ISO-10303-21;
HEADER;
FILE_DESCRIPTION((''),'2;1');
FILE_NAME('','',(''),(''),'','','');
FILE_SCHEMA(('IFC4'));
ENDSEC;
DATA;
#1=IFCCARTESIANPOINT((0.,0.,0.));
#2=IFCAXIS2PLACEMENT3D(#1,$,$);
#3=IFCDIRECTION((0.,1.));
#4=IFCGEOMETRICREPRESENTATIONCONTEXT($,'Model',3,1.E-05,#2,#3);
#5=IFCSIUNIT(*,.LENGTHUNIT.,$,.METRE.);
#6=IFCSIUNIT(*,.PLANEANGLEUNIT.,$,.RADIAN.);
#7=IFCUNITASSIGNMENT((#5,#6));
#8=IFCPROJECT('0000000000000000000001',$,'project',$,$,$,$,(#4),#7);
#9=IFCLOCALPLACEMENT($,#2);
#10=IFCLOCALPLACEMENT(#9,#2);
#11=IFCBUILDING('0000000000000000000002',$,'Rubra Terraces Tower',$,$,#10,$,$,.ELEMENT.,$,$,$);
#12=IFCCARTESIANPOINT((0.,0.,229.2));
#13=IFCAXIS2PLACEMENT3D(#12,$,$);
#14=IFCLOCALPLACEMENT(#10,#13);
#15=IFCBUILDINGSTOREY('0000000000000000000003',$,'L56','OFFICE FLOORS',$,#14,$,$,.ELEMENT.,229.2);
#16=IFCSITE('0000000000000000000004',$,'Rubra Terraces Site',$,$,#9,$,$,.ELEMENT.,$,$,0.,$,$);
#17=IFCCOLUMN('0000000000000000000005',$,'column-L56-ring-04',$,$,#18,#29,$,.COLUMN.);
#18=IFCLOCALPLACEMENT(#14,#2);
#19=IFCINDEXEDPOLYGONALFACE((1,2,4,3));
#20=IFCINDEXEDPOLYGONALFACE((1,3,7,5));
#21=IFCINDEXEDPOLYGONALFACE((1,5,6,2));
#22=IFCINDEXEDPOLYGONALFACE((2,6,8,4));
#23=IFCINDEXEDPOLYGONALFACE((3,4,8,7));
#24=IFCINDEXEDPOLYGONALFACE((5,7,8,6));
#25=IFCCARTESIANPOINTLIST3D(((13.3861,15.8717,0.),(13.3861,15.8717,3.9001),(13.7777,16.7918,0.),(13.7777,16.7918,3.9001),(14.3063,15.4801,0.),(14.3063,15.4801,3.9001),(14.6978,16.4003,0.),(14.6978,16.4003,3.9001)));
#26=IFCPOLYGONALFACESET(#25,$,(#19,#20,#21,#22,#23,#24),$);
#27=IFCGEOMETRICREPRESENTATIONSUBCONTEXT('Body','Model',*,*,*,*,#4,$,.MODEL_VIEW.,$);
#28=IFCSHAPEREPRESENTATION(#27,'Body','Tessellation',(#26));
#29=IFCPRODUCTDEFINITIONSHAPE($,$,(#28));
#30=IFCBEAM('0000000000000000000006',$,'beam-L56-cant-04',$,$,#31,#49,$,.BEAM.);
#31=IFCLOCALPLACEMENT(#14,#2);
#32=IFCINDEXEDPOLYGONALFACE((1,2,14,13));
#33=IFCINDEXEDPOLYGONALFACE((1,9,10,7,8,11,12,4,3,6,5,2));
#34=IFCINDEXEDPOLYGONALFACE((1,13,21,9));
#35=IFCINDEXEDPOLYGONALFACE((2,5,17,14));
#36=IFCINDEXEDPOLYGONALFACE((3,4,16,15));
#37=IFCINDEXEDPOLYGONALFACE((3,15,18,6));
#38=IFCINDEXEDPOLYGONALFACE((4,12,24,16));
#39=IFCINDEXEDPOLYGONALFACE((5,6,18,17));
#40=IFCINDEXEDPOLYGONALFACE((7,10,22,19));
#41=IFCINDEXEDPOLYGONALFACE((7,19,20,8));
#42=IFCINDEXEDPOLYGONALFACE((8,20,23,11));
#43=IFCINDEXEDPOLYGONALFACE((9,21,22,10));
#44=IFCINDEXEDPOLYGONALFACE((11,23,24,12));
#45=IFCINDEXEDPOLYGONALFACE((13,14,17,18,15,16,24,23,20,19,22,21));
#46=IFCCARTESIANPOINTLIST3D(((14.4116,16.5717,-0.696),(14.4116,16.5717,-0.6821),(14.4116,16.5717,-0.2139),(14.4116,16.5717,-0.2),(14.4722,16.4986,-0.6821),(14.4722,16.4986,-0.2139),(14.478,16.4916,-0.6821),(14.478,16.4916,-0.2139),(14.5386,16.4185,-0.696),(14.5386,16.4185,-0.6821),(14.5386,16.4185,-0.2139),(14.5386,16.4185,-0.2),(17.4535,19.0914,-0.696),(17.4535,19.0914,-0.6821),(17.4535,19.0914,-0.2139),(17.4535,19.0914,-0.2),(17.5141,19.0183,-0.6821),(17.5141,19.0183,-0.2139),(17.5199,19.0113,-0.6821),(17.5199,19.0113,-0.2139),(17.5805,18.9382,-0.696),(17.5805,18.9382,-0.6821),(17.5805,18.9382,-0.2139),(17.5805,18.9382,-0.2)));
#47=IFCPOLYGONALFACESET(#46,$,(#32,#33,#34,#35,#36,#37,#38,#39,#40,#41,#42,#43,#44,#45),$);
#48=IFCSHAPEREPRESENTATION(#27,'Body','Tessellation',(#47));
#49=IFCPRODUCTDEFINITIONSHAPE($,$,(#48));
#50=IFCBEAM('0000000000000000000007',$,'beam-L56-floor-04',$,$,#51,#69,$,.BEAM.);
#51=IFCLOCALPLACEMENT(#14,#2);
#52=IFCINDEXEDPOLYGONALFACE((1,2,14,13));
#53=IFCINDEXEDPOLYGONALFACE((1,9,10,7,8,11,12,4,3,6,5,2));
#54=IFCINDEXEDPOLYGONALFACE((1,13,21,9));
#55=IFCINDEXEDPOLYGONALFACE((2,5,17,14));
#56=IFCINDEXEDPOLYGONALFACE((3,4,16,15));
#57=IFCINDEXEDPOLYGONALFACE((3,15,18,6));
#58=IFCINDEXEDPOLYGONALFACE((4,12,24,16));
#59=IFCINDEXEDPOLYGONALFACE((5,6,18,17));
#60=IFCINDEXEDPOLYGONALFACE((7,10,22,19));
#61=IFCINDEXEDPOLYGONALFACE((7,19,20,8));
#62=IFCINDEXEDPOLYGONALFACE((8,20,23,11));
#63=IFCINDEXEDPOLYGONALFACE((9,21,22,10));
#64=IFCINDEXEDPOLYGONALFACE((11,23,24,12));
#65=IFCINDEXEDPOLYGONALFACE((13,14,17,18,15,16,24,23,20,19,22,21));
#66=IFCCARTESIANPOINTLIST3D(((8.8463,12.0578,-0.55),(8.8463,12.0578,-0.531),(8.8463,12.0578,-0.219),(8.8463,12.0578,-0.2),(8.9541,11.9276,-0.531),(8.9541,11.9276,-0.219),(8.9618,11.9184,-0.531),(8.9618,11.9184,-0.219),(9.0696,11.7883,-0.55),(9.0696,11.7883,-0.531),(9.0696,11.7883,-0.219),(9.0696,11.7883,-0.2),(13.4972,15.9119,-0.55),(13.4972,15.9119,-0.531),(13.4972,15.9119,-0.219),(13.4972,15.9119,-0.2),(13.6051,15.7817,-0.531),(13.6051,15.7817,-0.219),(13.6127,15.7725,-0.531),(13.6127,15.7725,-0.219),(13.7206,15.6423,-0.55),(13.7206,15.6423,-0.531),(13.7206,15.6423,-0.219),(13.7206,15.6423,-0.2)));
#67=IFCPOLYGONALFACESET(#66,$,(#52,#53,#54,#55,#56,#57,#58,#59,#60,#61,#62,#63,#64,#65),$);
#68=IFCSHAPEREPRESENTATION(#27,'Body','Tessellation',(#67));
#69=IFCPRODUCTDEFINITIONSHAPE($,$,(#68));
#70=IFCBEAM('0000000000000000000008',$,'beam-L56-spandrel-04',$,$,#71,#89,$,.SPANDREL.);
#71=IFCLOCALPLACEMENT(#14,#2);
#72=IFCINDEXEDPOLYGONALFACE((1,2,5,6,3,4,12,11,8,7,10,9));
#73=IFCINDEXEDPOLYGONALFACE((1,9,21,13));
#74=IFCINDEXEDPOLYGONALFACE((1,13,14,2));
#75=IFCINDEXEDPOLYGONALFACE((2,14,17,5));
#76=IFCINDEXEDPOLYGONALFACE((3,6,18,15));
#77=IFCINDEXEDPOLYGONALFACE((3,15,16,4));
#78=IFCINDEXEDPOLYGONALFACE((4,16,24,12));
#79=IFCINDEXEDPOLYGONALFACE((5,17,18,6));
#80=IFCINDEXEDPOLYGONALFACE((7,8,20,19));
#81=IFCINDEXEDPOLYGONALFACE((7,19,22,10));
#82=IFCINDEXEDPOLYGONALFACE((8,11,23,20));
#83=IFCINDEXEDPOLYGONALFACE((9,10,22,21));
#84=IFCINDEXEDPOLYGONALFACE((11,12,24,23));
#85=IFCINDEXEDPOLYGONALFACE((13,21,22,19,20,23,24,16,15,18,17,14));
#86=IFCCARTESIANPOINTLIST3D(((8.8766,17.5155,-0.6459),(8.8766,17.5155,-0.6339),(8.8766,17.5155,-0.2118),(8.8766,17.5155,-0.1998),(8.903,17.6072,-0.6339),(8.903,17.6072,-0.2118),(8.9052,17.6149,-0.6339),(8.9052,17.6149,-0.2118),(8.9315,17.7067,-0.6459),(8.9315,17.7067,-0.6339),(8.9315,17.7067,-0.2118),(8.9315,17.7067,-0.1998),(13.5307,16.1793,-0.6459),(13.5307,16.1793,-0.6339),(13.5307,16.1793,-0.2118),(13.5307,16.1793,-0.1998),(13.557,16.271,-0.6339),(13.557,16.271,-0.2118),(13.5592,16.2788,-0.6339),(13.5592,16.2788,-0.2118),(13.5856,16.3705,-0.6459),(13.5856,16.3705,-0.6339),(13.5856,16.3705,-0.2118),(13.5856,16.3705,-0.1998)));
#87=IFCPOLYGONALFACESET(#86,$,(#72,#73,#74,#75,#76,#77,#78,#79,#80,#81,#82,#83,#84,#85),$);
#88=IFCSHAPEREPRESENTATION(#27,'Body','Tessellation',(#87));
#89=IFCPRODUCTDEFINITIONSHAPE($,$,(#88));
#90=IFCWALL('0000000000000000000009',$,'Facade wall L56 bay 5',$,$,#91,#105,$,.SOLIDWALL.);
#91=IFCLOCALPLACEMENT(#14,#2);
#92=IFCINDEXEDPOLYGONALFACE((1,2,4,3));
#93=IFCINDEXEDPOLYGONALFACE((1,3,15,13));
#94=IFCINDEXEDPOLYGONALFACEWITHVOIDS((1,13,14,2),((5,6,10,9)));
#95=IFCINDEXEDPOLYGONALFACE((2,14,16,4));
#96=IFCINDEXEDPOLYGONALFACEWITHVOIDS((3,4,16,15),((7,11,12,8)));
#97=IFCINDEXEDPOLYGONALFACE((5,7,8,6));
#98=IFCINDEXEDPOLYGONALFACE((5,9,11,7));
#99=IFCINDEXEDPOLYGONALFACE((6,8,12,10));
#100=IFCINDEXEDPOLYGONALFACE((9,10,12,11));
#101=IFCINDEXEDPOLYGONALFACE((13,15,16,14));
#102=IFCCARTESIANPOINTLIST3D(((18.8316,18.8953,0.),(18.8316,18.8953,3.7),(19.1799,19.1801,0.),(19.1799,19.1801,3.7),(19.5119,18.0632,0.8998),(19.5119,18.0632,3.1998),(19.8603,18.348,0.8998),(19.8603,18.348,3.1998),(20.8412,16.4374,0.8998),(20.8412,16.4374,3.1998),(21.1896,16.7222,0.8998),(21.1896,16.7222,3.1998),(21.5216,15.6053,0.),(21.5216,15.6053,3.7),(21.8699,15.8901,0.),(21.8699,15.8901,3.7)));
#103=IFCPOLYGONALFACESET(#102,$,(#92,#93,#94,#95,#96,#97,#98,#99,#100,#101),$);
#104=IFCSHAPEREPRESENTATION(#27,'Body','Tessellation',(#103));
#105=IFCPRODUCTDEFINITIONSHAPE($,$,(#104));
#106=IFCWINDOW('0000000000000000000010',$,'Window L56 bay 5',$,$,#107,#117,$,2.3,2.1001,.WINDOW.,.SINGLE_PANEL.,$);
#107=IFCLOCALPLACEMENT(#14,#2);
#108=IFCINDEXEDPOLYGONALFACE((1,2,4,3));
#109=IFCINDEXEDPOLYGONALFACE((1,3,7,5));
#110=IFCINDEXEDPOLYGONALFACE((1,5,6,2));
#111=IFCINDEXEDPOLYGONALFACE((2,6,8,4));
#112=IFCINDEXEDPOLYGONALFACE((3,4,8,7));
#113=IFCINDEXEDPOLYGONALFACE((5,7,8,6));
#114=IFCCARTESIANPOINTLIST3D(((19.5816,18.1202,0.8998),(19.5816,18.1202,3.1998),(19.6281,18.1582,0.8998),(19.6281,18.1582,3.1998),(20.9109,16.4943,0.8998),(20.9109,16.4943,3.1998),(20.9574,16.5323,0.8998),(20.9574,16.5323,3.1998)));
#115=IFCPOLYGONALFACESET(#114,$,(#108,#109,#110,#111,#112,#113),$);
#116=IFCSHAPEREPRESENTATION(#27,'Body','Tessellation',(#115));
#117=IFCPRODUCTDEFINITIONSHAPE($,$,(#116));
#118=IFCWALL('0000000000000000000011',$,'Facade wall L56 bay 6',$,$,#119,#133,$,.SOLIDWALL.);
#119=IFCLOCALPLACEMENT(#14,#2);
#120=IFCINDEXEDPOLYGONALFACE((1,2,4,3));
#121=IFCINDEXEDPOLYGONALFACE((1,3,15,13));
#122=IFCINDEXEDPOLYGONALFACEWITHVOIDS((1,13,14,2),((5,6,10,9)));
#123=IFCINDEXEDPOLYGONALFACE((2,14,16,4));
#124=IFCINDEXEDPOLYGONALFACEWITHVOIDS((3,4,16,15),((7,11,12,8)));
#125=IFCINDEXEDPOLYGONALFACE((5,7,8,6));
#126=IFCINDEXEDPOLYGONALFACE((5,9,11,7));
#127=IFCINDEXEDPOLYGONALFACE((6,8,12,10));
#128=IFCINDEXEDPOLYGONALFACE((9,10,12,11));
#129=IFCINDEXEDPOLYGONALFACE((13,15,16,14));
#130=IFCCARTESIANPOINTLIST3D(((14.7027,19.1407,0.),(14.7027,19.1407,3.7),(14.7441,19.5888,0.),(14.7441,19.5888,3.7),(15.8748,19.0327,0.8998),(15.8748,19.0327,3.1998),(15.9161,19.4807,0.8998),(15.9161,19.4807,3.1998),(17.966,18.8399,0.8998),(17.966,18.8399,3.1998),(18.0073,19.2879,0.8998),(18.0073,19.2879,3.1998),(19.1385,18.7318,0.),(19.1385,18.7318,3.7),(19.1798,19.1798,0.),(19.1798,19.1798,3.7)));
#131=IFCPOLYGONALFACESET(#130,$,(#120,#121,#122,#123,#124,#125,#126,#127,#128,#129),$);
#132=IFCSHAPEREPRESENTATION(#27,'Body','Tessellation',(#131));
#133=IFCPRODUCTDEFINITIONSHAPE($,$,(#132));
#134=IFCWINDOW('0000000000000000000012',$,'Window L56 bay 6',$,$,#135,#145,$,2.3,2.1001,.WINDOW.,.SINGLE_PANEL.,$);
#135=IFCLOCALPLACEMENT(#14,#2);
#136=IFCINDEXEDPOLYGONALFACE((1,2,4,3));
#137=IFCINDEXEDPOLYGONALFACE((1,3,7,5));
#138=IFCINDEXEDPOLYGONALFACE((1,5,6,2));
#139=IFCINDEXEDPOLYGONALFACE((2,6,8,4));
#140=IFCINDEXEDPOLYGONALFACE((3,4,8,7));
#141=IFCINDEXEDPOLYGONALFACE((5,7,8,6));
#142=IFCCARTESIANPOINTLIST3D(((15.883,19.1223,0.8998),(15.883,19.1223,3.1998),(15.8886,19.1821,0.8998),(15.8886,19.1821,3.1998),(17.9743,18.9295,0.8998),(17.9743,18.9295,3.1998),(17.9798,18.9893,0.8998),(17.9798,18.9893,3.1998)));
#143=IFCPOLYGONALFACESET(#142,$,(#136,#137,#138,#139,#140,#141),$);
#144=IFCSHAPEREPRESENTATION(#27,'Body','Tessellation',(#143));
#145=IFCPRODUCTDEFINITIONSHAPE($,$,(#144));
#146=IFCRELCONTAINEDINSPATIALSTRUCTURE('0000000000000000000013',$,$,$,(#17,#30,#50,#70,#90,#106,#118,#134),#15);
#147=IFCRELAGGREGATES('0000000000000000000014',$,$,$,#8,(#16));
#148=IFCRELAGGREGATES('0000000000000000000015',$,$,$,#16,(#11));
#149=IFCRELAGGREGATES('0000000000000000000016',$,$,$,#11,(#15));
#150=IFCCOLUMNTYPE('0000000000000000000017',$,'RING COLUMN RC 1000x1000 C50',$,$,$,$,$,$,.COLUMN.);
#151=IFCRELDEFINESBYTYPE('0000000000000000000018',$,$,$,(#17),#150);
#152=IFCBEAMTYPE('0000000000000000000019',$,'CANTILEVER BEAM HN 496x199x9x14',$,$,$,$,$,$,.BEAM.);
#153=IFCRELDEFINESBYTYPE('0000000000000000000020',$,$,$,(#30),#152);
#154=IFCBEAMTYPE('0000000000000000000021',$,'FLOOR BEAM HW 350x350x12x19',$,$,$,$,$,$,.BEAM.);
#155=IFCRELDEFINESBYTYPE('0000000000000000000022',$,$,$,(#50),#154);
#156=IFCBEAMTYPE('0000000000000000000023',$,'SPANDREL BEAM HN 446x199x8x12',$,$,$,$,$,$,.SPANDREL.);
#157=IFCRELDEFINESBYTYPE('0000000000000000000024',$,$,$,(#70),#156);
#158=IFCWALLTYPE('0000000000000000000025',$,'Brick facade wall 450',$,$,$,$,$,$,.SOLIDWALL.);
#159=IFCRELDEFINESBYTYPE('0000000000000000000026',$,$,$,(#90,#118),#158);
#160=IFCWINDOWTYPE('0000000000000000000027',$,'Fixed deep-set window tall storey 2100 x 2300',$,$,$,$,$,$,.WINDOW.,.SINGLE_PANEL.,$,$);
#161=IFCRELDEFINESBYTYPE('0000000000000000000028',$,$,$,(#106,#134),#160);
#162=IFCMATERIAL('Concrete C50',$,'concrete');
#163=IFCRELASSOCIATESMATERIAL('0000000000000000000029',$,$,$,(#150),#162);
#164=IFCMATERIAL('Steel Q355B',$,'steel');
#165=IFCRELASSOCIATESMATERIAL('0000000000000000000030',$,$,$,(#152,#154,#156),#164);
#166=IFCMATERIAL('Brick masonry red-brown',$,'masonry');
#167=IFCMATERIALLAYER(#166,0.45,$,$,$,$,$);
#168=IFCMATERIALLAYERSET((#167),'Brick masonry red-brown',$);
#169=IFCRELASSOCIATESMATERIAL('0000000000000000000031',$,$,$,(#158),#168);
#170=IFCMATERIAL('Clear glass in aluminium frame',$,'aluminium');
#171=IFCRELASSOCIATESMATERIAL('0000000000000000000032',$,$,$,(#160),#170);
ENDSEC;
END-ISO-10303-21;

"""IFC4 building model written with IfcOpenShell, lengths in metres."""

from ifc_helpers import new_model, si_unit, direction, frame, frame_2d, origin, origin_2d, place, context, subcontext, project, spatial, rectangle, i_section, extrude, material, layer, layer_set, material_profile, profile_set, type_object, element, fill, save


model = new_model("IFC4")

# Units and contexts
model_context = context("Model", 3, precision=1e-05, world=origin(), true_north=direction((0.0, 1.0)))
body_context = subcontext(model_context, "Body", "Model", "MODEL_VIEW")
ifc_project = project(units=[si_unit("LENGTHUNIT", "METRE"), si_unit("PLANEANGLEUNIT", "RADIAN")], contexts=[model_context])

# Site, building, storey
site_placement = place(None, origin())
site = spatial("IfcSite", under=ifc_project, at=site_placement, Name="Rubra Terraces Site", CompositionType="ELEMENT", RefElevation=0.0)
building_placement = place(site_placement, origin())
building = spatial("IfcBuilding", under=site, at=building_placement, Name="Rubra Terraces Tower", CompositionType="ELEMENT")
storey_placement = place(building_placement, frame((0.0, 0.0, 229.2)))
storey = spatial("IfcBuildingStorey", under=building, at=storey_placement, Name="L56", Description="OFFICE FLOORS", CompositionType="ELEMENT", Elevation=229.2)

# Column
ifc_material_1 = material(Name="Concrete C50", Category="concrete")
ifc_material_profile_1 = material_profile(ifc_material_1, rectangle(XDim=1.0, YDim=1.0, at=origin_2d()), Name="RC 1000x1000")
ifc_profile_set_1 = profile_set([ifc_material_profile_1], Name="Concrete C50")
column_type = type_object("IfcColumnType", Name="RING COLUMN RC 1000x1000 C50", PredefinedType="COLUMN", material=ifc_profile_set_1)
column_placement = place(storey_placement, frame((14.042, 16.136, 0.0), z_axis=(0.0, 0.0, 1.0), x_axis=(-0.920168, 0.391524, 0.0)))
element("IfcColumn", 1, at=column_placement, inside=storey, type_object=column_type, Name="column-L56-ring-04", PredefinedType="COLUMN", context=body_context, shape_type="SweptSolid", body=[
    extrude(rectangle(XDim=1.0, YDim=1.0, at=origin_2d()), origin(), (0.0, 0.0, 1.0), 3.9001),
])

# Beams
ifc_material_2 = material(Name="Steel Q355B", Category="steel")
ifc_material_profile_2 = material_profile(ifc_material_2, i_section(OverallWidth=0.199, OverallDepth=0.4961, WebThickness=0.009, FlangeThickness=0.0139, at=origin_2d()), Name="HN 496x199x9x14")
ifc_profile_set_2 = profile_set([ifc_material_profile_2], Name="Steel Q355B")
beam_type_1 = type_object("IfcBeamType", Name="CANTILEVER BEAM HN 496x199x9x14", PredefinedType="BEAM", material=ifc_profile_set_2)
beam_1_placement = place(storey_placement, frame((14.4751, 16.4951, -0.448), z_axis=(0.770113, 0.637908, 0.0), x_axis=(-0.637908, 0.770113, 0.0)))
element("IfcBeam", 2, at=beam_1_placement, inside=storey, type_object=beam_type_1, Name="beam-L56-cant-04", PredefinedType="BEAM", context=body_context, shape_type="SweptSolid", body=[
    extrude(i_section(OverallWidth=0.199, OverallDepth=0.4961, WebThickness=0.009, FlangeThickness=0.0139, at=origin_2d()), origin(), (0.0, 0.0, 1.0), 3.95),
])
ifc_material_profile_3 = material_profile(ifc_material_2, i_section(OverallWidth=0.3501, OverallDepth=0.3501, WebThickness=0.012, FlangeThickness=0.019, at=origin_2d()), Name="HW 350x350x12x19")
ifc_profile_set_3 = profile_set([ifc_material_profile_3], Name="Steel Q355B")
beam_type_2 = type_object("IfcBeamType", Name="FLOOR BEAM HW 350x350x12x19", PredefinedType="BEAM", material=ifc_profile_set_3)
beam_2_placement = place(storey_placement, frame((13.6089, 15.7771, -0.375), z_axis=(-0.769988, -0.638059, 0.0), x_axis=(0.638059, -0.769988, 0.0)))
element("IfcBeam", 3, at=beam_2_placement, inside=storey, type_object=beam_type_2, Name="beam-L56-floor-04", PredefinedType="BEAM", context=body_context, shape_type="SweptSolid", body=[
    extrude(i_section(OverallWidth=0.3501, OverallDepth=0.3501, WebThickness=0.012, FlangeThickness=0.019, at=origin_2d()), origin(), (0.0, 0.0, 1.0), 6.0403),
])
ifc_material_profile_4 = material_profile(ifc_material_2, i_section(OverallWidth=0.199, OverallDepth=0.446, WebThickness=0.0081, FlangeThickness=0.012, at=origin_2d()), Name="HN 446x199x8x12")
ifc_profile_set_4 = profile_set([ifc_material_profile_4], Name="Steel Q355B")
beam_type_3 = type_object("IfcBeamType", Name="SPANDREL BEAM HN 446x199x8x12", PredefinedType="SPANDREL", material=ifc_profile_set_4)
beam_3_placement = place(storey_placement, frame((13.5581, 16.2749, -0.4229), z_axis=(-0.961171, 0.275953, 0.0), x_axis=(-0.275953, -0.961171, 0.0)))
element("IfcBeam", 4, at=beam_3_placement, inside=storey, type_object=beam_type_3, Name="beam-L56-spandrel-04", PredefinedType="SPANDREL", context=body_context, shape_type="SweptSolid", body=[
    extrude(i_section(OverallWidth=0.199, OverallDepth=0.446, WebThickness=0.0081, FlangeThickness=0.012, at=origin_2d()), origin(), (0.0, 0.0, 1.0), 4.842),
])

# Walls, openings, windows
ifc_material_3 = material(Name="Brick masonry red-brown", Category="masonry")
ifc_layer_1 = layer(ifc_material_3, 0.45)
ifc_layer_set_1 = layer_set([ifc_layer_1], Name="Brick masonry red-brown")
wall_type_1 = type_object("IfcWallType", Name="Brick facade wall 450", PredefinedType="SOLIDWALL", material=ifc_layer_set_1)
wall_1_placement = place(storey_placement, frame((21.6958, 15.7476, 0.0), z_axis=(0.0, 0.0, 1.0), x_axis=(-0.632969, 0.774177, 0.0)))
wall_1 = element("IfcWall", 5, at=wall_1_placement, inside=storey, type_object=wall_type_1, Name="Facade wall L56 bay 5", PredefinedType="SOLIDWALL", context=body_context, shape_type="SweptSolid", body=[
    extrude(rectangle(XDim=4.2498, YDim=0.45, at=frame_2d((2.125, 0.0))), origin(), (0.0, 0.0, 1.0), 3.7),
])
opening_1_placement = place(wall_1_placement, frame((1.075, 0.0, 0.8999)))
opening_1 = element("IfcOpeningElement", 6, at=opening_1_placement, cuts=wall_1, PredefinedType="OPENING", context=body_context, shape_type="SweptSolid", body=[
    extrude(rectangle(XDim=2.1001, YDim=2.3, at=frame_2d((1.05, 1.1499))), frame((0.0, 0.2349, 0.0), z_axis=(0.0, -1.0, 0.0), x_axis=(1.0, 0.0, 0.0)), (0.0, 0.0, 1.0), 0.47),
])
ifc_material_4 = material(Name="Clear glass in aluminium frame", Category="aluminium")
window_type = type_object("IfcWindowType", Name="Fixed deep-set window tall storey 2100 x 2300", PartitioningType="SINGLE_PANEL", PredefinedType="WINDOW", material=ifc_material_4)
window_1_placement = place(opening_1_placement, origin())
window_1 = element("IfcWindow", 7, at=window_1_placement, inside=storey, type_object=window_type, Name="Window L56 bay 5", OverallHeight=2.3, OverallWidth=2.1001, PartitioningType="SINGLE_PANEL", PredefinedType="WINDOW", context=body_context, shape_type="SweptSolid", body=[
    extrude(rectangle(XDim=2.1001, YDim=2.3, at=frame_2d((1.05, 1.1499))), frame((0.0, 0.135, 0.0), z_axis=(0.0, -1.0, 0.0), x_axis=(1.0, 0.0, 0.0)), (0.0, 0.0, 1.0), 0.0601),
])
fill(opening_1, window_1)
wall_2_placement = place(storey_placement, frame((19.1592, 18.9558, 0.0), z_axis=(0.0, 0.0, 1.0), x_axis=(-0.995777, 0.091801, 0.0)))
wall_2 = element("IfcWall", 8, at=wall_2_placement, inside=storey, type_object=wall_type_1, Name="Facade wall L56 bay 6", PredefinedType="SOLIDWALL", context=body_context, shape_type="SweptSolid", body=[
    extrude(rectangle(XDim=4.4546, YDim=0.45, at=frame_2d((2.2273, 0.0))), origin(), (0.0, 0.0, 1.0), 3.7),
])
opening_2_placement = place(wall_2_placement, frame((1.1775, 0.0, 0.8999)))
opening_2 = element("IfcOpeningElement", 9, at=opening_2_placement, cuts=wall_2, PredefinedType="OPENING", context=body_context, shape_type="SweptSolid", body=[
    extrude(rectangle(XDim=2.1001, YDim=2.3, at=frame_2d((1.05, 1.1499))), frame((0.0, 0.2349, 0.0), z_axis=(0.0, -1.0, 0.0), x_axis=(1.0, 0.0, 0.0)), (0.0, 0.0, 1.0), 0.47),
])
window_2_placement = place(opening_2_placement, origin())
window_2 = element("IfcWindow", 10, at=window_2_placement, inside=storey, type_object=window_type, Name="Window L56 bay 6", OverallHeight=2.3, OverallWidth=2.1001, PartitioningType="SINGLE_PANEL", PredefinedType="WINDOW", context=body_context, shape_type="SweptSolid", body=[
    extrude(rectangle(XDim=2.1001, YDim=2.3, at=frame_2d((1.05, 1.1499))), frame((0.0, 0.135, 0.0), z_axis=(0.0, -1.0, 0.0), x_axis=(1.0, 0.0, 0.0)), (0.0, 0.0, 1.0), 0.0601),
])
fill(opening_2, window_2)

save(model, "model.ifc")
